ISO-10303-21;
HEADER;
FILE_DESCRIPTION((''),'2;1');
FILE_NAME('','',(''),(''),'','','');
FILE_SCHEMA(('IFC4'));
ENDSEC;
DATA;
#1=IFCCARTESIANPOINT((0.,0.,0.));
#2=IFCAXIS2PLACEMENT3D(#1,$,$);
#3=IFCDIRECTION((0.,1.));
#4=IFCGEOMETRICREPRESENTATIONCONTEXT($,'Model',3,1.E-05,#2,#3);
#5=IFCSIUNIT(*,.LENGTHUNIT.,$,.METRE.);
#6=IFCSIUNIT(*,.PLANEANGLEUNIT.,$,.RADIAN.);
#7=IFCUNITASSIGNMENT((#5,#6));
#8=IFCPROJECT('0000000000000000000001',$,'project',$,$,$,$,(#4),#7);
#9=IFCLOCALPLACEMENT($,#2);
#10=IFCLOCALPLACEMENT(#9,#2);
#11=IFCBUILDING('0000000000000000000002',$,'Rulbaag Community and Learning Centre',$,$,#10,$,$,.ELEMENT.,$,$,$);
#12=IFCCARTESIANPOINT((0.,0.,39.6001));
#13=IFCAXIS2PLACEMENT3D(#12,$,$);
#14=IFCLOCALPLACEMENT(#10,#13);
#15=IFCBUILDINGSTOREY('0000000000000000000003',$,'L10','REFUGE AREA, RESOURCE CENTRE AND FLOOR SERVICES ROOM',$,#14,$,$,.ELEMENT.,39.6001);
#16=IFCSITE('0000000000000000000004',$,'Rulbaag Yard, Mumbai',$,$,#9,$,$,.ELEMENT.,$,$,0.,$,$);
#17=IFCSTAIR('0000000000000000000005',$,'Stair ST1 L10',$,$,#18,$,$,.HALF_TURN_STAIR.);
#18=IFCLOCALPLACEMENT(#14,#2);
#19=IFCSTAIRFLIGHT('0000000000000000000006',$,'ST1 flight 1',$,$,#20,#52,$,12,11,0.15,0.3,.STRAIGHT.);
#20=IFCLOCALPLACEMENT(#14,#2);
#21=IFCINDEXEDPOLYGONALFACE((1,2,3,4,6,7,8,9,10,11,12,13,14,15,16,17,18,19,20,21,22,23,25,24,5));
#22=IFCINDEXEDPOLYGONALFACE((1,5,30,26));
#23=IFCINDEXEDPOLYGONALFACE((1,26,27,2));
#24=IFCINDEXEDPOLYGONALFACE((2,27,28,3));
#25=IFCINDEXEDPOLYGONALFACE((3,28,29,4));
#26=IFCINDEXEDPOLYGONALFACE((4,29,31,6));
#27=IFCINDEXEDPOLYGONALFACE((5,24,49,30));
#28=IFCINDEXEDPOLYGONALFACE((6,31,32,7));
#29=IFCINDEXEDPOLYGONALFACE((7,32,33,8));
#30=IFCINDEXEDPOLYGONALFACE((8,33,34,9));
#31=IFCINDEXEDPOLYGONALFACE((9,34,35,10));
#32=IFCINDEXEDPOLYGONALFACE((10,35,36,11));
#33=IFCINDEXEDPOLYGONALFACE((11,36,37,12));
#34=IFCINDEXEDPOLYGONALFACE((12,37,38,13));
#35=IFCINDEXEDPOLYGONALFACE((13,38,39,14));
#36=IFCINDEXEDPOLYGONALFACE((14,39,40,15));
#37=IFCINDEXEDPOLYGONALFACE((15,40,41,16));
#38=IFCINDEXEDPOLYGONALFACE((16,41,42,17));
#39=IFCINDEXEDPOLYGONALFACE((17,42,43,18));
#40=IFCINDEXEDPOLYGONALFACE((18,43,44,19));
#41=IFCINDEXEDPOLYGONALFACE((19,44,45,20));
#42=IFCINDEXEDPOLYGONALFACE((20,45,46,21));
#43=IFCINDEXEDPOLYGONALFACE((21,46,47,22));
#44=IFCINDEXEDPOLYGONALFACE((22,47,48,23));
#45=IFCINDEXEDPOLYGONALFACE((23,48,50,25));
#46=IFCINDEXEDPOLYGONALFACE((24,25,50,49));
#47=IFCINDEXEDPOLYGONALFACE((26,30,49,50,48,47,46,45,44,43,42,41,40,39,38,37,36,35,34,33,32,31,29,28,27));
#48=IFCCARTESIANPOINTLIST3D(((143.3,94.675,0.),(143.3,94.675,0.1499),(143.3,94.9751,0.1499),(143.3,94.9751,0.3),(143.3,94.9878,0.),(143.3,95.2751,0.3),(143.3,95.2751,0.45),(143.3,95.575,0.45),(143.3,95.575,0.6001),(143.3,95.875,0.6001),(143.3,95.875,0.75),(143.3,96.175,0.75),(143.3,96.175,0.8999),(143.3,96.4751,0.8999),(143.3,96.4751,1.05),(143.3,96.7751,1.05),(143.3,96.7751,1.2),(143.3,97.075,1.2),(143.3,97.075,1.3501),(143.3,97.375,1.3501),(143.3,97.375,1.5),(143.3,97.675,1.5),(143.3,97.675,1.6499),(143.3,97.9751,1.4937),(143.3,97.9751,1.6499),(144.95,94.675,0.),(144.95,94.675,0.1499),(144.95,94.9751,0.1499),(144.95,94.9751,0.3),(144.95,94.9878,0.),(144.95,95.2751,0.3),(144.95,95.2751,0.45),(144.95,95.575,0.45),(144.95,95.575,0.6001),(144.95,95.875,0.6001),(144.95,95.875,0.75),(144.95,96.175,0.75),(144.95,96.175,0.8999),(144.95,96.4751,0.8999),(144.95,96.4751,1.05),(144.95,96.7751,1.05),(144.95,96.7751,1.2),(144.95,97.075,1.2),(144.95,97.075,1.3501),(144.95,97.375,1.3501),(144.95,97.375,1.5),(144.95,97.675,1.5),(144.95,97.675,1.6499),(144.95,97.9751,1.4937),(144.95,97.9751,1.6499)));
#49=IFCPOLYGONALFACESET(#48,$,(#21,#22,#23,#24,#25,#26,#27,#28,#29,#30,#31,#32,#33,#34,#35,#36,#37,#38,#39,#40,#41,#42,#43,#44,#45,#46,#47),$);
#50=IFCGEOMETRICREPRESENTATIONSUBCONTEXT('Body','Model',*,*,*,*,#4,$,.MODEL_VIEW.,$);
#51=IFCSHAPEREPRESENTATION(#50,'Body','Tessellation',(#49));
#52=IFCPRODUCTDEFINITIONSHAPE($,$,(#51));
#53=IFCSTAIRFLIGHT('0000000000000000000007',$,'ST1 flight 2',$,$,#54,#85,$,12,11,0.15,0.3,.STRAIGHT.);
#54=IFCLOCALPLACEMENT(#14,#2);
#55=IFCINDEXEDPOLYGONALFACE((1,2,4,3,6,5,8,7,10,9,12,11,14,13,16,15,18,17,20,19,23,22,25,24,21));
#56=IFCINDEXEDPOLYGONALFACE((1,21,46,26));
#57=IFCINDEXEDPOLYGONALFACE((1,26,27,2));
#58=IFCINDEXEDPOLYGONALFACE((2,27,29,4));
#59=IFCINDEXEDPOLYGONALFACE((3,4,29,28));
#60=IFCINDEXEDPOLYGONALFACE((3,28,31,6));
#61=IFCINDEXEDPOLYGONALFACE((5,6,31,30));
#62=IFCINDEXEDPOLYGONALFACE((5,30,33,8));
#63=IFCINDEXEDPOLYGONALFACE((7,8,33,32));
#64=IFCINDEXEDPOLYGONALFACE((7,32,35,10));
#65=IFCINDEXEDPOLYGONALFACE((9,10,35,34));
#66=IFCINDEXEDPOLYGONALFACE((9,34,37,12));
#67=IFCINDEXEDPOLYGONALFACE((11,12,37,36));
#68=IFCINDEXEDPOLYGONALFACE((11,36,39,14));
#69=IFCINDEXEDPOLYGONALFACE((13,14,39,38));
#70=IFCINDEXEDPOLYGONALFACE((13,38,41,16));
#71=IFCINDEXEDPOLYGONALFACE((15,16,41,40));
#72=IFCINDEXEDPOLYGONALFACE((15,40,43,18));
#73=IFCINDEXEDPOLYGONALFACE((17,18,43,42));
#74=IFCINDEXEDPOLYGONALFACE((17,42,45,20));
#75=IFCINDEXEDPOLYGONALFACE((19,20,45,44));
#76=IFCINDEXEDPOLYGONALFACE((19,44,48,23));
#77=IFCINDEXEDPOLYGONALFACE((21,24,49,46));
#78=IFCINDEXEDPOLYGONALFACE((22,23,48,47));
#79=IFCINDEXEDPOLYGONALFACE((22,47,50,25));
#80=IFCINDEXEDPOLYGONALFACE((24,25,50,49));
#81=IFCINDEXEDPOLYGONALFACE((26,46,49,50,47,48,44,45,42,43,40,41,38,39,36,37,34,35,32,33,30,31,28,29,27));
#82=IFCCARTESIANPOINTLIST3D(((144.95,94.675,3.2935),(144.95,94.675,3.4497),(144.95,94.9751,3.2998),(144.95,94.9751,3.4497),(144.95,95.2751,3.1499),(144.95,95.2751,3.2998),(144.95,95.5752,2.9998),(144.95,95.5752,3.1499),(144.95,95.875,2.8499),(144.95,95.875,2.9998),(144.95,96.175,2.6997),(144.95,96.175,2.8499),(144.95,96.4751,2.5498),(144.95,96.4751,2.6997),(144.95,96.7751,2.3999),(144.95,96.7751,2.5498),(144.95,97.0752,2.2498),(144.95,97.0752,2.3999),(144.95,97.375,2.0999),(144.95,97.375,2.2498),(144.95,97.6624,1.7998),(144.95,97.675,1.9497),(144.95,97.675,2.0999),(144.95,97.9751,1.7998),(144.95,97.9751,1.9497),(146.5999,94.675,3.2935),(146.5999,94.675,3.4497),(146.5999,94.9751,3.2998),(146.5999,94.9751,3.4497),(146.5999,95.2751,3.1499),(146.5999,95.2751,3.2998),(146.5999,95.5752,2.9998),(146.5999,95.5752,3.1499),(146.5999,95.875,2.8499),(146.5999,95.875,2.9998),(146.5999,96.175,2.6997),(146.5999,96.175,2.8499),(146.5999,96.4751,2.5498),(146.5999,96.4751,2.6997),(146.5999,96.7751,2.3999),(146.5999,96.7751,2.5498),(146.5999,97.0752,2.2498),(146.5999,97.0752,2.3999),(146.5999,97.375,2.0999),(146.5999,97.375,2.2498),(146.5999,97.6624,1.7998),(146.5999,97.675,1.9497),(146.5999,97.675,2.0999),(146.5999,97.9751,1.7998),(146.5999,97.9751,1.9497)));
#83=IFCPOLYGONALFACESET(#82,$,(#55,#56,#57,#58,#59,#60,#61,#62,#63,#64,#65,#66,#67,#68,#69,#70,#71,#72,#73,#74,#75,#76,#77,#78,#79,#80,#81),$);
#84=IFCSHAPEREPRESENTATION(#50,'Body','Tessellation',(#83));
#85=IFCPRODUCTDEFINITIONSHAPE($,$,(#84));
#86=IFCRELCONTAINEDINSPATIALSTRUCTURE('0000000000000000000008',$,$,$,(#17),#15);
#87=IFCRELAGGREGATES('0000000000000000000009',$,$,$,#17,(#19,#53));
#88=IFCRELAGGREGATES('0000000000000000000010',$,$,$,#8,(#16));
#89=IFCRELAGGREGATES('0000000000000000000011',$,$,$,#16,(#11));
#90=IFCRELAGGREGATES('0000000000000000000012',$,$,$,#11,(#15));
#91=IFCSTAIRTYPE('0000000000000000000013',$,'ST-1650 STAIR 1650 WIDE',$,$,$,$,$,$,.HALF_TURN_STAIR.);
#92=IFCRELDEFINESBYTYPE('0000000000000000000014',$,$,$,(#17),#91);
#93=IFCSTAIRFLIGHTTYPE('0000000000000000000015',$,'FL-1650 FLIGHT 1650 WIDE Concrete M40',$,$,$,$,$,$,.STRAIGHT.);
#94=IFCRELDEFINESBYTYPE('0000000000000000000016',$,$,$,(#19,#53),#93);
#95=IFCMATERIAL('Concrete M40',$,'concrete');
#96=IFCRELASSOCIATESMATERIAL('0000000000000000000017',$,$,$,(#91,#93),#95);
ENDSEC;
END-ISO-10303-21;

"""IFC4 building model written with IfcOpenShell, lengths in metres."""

from ifc_helpers import new_model, si_unit, direction, frame, origin, place, context, subcontext, project, spatial, polyline, outline, extrude, material, type_object, element, aggregate, save


model = new_model("IFC4")

# Units and contexts
model_context = context("Model", 3, precision=1e-05, world=origin(), true_north=direction((0.0, 1.0)))
body_context = subcontext(model_context, "Body", "Model", "MODEL_VIEW")
ifc_project = project(units=[si_unit("LENGTHUNIT", "METRE"), si_unit("PLANEANGLEUNIT", "RADIAN")], contexts=[model_context])

# Site, building, storey
site_placement = place(None, origin())
site = spatial("IfcSite", under=ifc_project, at=site_placement, Name="Rulbaag Yard, Mumbai", CompositionType="ELEMENT", RefElevation=0.0)
building_placement = place(site_placement, origin())
building = spatial("IfcBuilding", under=site, at=building_placement, Name="Rulbaag Community and Learning Centre", CompositionType="ELEMENT")
storey_placement = place(building_placement, frame((0.0, 0.0, 39.6001)))
storey = spatial("IfcBuildingStorey", under=building, at=storey_placement, Name="L10", Description="REFUGE AREA, RESOURCE CENTRE AND FLOOR SERVICES ROOM", CompositionType="ELEMENT", Elevation=39.6001)

# Shared definitions
ifc_material_1 = material(Name="Concrete M40", Category="concrete")

# Stair, stair flights
stair_type = type_object("IfcStairType", Name="ST-1650 STAIR 1650 WIDE", PredefinedType="HALF_TURN_STAIR", material=ifc_material_1)
stair_placement = place(storey_placement, origin())
stair = element("IfcStair", 1, at=stair_placement, inside=storey, type_object=stair_type, Name="Stair ST1 L10", PredefinedType="HALF_TURN_STAIR")
stair_flight_type = type_object("IfcStairFlightType", Name="FL-1650 FLIGHT 1650 WIDE Concrete M40", PredefinedType="STRAIGHT", material=ifc_material_1)
stair_flight_1_placement = place(storey_placement, frame((144.125, 94.675, 0.0), z_axis=(0.0, 0.0, 1.0), x_axis=(0.0, 1.0, 0.0)))
stair_flight_1 = element("IfcStairFlight", 2, at=stair_flight_1_placement, type_object=stair_flight_type, Name="ST1 flight 1", NumberOfRisers=12, NumberOfTreads=11, PredefinedType="STRAIGHT", RiserHeight=0.15, TreadLength=0.3, context=body_context, shape_type="SweptSolid", body=[
    extrude(outline(polyline([(0.0, 0.0), (0.0, 0.1499), (0.3, 0.1499), (0.3, 0.3), (0.6001, 0.3), (0.6001, 0.45), (0.8999, 0.45), (0.8999, 0.6001), (1.2, 0.6001), (1.2, 0.75), (1.5, 0.75), (1.5, 0.8999), (1.8, 0.8999), (1.8, 1.05), (2.1001, 1.05), (2.1001, 1.2), (2.3999, 1.2), (2.3999, 1.3501), (2.7, 1.3501), (2.7, 1.5), (3.0, 1.5), (3.0, 1.6499), (3.3, 1.6499), (3.3, 1.4937), (0.3127, 0.0), (0.0, 0.0)])), frame((0.0, 0.825, 0.0), z_axis=(0.0, -1.0, 0.0), x_axis=(1.0, 0.0, 0.0)), (0.0, 0.0, 1.0), 1.6499),
])
stair_flight_2_placement = place(storey_placement, frame((145.7749, 97.9751, 1.7998), z_axis=(0.0, 0.0, 1.0), x_axis=(0.0, -1.0, 0.0)))
stair_flight_2 = element("IfcStairFlight", 3, at=stair_flight_2_placement, type_object=stair_flight_type, Name="ST1 flight 2", NumberOfRisers=12, NumberOfTreads=11, PredefinedType="STRAIGHT", RiserHeight=0.15, TreadLength=0.3, context=body_context, shape_type="SweptSolid", body=[
    extrude(outline(polyline([(0.0, 0.0), (0.0, 0.1499), (0.3, 0.1499), (0.3, 0.3), (0.6001, 0.3), (0.6001, 0.45), (0.8999, 0.45), (0.8999, 0.6001), (1.2, 0.6001), (1.2, 0.75), (1.5, 0.75), (1.5, 0.8999), (1.8, 0.8999), (1.8, 1.05), (2.1001, 1.05), (2.1001, 1.2), (2.3999, 1.2), (2.3999, 1.3501), (2.7, 1.3501), (2.7, 1.5), (3.0, 1.5), (3.0, 1.6499), (3.3, 1.6499), (3.3, 1.4937), (0.3127, 0.0), (0.0, 0.0)])), frame((0.0, 0.825, 0.0), z_axis=(0.0, -1.0, 0.0), x_axis=(1.0, 0.0, 0.0)), (0.0, 0.0, 1.0), 1.6499),
])
aggregate(stair, [stair_flight_1, stair_flight_2])

save(model, "model.ifc")
